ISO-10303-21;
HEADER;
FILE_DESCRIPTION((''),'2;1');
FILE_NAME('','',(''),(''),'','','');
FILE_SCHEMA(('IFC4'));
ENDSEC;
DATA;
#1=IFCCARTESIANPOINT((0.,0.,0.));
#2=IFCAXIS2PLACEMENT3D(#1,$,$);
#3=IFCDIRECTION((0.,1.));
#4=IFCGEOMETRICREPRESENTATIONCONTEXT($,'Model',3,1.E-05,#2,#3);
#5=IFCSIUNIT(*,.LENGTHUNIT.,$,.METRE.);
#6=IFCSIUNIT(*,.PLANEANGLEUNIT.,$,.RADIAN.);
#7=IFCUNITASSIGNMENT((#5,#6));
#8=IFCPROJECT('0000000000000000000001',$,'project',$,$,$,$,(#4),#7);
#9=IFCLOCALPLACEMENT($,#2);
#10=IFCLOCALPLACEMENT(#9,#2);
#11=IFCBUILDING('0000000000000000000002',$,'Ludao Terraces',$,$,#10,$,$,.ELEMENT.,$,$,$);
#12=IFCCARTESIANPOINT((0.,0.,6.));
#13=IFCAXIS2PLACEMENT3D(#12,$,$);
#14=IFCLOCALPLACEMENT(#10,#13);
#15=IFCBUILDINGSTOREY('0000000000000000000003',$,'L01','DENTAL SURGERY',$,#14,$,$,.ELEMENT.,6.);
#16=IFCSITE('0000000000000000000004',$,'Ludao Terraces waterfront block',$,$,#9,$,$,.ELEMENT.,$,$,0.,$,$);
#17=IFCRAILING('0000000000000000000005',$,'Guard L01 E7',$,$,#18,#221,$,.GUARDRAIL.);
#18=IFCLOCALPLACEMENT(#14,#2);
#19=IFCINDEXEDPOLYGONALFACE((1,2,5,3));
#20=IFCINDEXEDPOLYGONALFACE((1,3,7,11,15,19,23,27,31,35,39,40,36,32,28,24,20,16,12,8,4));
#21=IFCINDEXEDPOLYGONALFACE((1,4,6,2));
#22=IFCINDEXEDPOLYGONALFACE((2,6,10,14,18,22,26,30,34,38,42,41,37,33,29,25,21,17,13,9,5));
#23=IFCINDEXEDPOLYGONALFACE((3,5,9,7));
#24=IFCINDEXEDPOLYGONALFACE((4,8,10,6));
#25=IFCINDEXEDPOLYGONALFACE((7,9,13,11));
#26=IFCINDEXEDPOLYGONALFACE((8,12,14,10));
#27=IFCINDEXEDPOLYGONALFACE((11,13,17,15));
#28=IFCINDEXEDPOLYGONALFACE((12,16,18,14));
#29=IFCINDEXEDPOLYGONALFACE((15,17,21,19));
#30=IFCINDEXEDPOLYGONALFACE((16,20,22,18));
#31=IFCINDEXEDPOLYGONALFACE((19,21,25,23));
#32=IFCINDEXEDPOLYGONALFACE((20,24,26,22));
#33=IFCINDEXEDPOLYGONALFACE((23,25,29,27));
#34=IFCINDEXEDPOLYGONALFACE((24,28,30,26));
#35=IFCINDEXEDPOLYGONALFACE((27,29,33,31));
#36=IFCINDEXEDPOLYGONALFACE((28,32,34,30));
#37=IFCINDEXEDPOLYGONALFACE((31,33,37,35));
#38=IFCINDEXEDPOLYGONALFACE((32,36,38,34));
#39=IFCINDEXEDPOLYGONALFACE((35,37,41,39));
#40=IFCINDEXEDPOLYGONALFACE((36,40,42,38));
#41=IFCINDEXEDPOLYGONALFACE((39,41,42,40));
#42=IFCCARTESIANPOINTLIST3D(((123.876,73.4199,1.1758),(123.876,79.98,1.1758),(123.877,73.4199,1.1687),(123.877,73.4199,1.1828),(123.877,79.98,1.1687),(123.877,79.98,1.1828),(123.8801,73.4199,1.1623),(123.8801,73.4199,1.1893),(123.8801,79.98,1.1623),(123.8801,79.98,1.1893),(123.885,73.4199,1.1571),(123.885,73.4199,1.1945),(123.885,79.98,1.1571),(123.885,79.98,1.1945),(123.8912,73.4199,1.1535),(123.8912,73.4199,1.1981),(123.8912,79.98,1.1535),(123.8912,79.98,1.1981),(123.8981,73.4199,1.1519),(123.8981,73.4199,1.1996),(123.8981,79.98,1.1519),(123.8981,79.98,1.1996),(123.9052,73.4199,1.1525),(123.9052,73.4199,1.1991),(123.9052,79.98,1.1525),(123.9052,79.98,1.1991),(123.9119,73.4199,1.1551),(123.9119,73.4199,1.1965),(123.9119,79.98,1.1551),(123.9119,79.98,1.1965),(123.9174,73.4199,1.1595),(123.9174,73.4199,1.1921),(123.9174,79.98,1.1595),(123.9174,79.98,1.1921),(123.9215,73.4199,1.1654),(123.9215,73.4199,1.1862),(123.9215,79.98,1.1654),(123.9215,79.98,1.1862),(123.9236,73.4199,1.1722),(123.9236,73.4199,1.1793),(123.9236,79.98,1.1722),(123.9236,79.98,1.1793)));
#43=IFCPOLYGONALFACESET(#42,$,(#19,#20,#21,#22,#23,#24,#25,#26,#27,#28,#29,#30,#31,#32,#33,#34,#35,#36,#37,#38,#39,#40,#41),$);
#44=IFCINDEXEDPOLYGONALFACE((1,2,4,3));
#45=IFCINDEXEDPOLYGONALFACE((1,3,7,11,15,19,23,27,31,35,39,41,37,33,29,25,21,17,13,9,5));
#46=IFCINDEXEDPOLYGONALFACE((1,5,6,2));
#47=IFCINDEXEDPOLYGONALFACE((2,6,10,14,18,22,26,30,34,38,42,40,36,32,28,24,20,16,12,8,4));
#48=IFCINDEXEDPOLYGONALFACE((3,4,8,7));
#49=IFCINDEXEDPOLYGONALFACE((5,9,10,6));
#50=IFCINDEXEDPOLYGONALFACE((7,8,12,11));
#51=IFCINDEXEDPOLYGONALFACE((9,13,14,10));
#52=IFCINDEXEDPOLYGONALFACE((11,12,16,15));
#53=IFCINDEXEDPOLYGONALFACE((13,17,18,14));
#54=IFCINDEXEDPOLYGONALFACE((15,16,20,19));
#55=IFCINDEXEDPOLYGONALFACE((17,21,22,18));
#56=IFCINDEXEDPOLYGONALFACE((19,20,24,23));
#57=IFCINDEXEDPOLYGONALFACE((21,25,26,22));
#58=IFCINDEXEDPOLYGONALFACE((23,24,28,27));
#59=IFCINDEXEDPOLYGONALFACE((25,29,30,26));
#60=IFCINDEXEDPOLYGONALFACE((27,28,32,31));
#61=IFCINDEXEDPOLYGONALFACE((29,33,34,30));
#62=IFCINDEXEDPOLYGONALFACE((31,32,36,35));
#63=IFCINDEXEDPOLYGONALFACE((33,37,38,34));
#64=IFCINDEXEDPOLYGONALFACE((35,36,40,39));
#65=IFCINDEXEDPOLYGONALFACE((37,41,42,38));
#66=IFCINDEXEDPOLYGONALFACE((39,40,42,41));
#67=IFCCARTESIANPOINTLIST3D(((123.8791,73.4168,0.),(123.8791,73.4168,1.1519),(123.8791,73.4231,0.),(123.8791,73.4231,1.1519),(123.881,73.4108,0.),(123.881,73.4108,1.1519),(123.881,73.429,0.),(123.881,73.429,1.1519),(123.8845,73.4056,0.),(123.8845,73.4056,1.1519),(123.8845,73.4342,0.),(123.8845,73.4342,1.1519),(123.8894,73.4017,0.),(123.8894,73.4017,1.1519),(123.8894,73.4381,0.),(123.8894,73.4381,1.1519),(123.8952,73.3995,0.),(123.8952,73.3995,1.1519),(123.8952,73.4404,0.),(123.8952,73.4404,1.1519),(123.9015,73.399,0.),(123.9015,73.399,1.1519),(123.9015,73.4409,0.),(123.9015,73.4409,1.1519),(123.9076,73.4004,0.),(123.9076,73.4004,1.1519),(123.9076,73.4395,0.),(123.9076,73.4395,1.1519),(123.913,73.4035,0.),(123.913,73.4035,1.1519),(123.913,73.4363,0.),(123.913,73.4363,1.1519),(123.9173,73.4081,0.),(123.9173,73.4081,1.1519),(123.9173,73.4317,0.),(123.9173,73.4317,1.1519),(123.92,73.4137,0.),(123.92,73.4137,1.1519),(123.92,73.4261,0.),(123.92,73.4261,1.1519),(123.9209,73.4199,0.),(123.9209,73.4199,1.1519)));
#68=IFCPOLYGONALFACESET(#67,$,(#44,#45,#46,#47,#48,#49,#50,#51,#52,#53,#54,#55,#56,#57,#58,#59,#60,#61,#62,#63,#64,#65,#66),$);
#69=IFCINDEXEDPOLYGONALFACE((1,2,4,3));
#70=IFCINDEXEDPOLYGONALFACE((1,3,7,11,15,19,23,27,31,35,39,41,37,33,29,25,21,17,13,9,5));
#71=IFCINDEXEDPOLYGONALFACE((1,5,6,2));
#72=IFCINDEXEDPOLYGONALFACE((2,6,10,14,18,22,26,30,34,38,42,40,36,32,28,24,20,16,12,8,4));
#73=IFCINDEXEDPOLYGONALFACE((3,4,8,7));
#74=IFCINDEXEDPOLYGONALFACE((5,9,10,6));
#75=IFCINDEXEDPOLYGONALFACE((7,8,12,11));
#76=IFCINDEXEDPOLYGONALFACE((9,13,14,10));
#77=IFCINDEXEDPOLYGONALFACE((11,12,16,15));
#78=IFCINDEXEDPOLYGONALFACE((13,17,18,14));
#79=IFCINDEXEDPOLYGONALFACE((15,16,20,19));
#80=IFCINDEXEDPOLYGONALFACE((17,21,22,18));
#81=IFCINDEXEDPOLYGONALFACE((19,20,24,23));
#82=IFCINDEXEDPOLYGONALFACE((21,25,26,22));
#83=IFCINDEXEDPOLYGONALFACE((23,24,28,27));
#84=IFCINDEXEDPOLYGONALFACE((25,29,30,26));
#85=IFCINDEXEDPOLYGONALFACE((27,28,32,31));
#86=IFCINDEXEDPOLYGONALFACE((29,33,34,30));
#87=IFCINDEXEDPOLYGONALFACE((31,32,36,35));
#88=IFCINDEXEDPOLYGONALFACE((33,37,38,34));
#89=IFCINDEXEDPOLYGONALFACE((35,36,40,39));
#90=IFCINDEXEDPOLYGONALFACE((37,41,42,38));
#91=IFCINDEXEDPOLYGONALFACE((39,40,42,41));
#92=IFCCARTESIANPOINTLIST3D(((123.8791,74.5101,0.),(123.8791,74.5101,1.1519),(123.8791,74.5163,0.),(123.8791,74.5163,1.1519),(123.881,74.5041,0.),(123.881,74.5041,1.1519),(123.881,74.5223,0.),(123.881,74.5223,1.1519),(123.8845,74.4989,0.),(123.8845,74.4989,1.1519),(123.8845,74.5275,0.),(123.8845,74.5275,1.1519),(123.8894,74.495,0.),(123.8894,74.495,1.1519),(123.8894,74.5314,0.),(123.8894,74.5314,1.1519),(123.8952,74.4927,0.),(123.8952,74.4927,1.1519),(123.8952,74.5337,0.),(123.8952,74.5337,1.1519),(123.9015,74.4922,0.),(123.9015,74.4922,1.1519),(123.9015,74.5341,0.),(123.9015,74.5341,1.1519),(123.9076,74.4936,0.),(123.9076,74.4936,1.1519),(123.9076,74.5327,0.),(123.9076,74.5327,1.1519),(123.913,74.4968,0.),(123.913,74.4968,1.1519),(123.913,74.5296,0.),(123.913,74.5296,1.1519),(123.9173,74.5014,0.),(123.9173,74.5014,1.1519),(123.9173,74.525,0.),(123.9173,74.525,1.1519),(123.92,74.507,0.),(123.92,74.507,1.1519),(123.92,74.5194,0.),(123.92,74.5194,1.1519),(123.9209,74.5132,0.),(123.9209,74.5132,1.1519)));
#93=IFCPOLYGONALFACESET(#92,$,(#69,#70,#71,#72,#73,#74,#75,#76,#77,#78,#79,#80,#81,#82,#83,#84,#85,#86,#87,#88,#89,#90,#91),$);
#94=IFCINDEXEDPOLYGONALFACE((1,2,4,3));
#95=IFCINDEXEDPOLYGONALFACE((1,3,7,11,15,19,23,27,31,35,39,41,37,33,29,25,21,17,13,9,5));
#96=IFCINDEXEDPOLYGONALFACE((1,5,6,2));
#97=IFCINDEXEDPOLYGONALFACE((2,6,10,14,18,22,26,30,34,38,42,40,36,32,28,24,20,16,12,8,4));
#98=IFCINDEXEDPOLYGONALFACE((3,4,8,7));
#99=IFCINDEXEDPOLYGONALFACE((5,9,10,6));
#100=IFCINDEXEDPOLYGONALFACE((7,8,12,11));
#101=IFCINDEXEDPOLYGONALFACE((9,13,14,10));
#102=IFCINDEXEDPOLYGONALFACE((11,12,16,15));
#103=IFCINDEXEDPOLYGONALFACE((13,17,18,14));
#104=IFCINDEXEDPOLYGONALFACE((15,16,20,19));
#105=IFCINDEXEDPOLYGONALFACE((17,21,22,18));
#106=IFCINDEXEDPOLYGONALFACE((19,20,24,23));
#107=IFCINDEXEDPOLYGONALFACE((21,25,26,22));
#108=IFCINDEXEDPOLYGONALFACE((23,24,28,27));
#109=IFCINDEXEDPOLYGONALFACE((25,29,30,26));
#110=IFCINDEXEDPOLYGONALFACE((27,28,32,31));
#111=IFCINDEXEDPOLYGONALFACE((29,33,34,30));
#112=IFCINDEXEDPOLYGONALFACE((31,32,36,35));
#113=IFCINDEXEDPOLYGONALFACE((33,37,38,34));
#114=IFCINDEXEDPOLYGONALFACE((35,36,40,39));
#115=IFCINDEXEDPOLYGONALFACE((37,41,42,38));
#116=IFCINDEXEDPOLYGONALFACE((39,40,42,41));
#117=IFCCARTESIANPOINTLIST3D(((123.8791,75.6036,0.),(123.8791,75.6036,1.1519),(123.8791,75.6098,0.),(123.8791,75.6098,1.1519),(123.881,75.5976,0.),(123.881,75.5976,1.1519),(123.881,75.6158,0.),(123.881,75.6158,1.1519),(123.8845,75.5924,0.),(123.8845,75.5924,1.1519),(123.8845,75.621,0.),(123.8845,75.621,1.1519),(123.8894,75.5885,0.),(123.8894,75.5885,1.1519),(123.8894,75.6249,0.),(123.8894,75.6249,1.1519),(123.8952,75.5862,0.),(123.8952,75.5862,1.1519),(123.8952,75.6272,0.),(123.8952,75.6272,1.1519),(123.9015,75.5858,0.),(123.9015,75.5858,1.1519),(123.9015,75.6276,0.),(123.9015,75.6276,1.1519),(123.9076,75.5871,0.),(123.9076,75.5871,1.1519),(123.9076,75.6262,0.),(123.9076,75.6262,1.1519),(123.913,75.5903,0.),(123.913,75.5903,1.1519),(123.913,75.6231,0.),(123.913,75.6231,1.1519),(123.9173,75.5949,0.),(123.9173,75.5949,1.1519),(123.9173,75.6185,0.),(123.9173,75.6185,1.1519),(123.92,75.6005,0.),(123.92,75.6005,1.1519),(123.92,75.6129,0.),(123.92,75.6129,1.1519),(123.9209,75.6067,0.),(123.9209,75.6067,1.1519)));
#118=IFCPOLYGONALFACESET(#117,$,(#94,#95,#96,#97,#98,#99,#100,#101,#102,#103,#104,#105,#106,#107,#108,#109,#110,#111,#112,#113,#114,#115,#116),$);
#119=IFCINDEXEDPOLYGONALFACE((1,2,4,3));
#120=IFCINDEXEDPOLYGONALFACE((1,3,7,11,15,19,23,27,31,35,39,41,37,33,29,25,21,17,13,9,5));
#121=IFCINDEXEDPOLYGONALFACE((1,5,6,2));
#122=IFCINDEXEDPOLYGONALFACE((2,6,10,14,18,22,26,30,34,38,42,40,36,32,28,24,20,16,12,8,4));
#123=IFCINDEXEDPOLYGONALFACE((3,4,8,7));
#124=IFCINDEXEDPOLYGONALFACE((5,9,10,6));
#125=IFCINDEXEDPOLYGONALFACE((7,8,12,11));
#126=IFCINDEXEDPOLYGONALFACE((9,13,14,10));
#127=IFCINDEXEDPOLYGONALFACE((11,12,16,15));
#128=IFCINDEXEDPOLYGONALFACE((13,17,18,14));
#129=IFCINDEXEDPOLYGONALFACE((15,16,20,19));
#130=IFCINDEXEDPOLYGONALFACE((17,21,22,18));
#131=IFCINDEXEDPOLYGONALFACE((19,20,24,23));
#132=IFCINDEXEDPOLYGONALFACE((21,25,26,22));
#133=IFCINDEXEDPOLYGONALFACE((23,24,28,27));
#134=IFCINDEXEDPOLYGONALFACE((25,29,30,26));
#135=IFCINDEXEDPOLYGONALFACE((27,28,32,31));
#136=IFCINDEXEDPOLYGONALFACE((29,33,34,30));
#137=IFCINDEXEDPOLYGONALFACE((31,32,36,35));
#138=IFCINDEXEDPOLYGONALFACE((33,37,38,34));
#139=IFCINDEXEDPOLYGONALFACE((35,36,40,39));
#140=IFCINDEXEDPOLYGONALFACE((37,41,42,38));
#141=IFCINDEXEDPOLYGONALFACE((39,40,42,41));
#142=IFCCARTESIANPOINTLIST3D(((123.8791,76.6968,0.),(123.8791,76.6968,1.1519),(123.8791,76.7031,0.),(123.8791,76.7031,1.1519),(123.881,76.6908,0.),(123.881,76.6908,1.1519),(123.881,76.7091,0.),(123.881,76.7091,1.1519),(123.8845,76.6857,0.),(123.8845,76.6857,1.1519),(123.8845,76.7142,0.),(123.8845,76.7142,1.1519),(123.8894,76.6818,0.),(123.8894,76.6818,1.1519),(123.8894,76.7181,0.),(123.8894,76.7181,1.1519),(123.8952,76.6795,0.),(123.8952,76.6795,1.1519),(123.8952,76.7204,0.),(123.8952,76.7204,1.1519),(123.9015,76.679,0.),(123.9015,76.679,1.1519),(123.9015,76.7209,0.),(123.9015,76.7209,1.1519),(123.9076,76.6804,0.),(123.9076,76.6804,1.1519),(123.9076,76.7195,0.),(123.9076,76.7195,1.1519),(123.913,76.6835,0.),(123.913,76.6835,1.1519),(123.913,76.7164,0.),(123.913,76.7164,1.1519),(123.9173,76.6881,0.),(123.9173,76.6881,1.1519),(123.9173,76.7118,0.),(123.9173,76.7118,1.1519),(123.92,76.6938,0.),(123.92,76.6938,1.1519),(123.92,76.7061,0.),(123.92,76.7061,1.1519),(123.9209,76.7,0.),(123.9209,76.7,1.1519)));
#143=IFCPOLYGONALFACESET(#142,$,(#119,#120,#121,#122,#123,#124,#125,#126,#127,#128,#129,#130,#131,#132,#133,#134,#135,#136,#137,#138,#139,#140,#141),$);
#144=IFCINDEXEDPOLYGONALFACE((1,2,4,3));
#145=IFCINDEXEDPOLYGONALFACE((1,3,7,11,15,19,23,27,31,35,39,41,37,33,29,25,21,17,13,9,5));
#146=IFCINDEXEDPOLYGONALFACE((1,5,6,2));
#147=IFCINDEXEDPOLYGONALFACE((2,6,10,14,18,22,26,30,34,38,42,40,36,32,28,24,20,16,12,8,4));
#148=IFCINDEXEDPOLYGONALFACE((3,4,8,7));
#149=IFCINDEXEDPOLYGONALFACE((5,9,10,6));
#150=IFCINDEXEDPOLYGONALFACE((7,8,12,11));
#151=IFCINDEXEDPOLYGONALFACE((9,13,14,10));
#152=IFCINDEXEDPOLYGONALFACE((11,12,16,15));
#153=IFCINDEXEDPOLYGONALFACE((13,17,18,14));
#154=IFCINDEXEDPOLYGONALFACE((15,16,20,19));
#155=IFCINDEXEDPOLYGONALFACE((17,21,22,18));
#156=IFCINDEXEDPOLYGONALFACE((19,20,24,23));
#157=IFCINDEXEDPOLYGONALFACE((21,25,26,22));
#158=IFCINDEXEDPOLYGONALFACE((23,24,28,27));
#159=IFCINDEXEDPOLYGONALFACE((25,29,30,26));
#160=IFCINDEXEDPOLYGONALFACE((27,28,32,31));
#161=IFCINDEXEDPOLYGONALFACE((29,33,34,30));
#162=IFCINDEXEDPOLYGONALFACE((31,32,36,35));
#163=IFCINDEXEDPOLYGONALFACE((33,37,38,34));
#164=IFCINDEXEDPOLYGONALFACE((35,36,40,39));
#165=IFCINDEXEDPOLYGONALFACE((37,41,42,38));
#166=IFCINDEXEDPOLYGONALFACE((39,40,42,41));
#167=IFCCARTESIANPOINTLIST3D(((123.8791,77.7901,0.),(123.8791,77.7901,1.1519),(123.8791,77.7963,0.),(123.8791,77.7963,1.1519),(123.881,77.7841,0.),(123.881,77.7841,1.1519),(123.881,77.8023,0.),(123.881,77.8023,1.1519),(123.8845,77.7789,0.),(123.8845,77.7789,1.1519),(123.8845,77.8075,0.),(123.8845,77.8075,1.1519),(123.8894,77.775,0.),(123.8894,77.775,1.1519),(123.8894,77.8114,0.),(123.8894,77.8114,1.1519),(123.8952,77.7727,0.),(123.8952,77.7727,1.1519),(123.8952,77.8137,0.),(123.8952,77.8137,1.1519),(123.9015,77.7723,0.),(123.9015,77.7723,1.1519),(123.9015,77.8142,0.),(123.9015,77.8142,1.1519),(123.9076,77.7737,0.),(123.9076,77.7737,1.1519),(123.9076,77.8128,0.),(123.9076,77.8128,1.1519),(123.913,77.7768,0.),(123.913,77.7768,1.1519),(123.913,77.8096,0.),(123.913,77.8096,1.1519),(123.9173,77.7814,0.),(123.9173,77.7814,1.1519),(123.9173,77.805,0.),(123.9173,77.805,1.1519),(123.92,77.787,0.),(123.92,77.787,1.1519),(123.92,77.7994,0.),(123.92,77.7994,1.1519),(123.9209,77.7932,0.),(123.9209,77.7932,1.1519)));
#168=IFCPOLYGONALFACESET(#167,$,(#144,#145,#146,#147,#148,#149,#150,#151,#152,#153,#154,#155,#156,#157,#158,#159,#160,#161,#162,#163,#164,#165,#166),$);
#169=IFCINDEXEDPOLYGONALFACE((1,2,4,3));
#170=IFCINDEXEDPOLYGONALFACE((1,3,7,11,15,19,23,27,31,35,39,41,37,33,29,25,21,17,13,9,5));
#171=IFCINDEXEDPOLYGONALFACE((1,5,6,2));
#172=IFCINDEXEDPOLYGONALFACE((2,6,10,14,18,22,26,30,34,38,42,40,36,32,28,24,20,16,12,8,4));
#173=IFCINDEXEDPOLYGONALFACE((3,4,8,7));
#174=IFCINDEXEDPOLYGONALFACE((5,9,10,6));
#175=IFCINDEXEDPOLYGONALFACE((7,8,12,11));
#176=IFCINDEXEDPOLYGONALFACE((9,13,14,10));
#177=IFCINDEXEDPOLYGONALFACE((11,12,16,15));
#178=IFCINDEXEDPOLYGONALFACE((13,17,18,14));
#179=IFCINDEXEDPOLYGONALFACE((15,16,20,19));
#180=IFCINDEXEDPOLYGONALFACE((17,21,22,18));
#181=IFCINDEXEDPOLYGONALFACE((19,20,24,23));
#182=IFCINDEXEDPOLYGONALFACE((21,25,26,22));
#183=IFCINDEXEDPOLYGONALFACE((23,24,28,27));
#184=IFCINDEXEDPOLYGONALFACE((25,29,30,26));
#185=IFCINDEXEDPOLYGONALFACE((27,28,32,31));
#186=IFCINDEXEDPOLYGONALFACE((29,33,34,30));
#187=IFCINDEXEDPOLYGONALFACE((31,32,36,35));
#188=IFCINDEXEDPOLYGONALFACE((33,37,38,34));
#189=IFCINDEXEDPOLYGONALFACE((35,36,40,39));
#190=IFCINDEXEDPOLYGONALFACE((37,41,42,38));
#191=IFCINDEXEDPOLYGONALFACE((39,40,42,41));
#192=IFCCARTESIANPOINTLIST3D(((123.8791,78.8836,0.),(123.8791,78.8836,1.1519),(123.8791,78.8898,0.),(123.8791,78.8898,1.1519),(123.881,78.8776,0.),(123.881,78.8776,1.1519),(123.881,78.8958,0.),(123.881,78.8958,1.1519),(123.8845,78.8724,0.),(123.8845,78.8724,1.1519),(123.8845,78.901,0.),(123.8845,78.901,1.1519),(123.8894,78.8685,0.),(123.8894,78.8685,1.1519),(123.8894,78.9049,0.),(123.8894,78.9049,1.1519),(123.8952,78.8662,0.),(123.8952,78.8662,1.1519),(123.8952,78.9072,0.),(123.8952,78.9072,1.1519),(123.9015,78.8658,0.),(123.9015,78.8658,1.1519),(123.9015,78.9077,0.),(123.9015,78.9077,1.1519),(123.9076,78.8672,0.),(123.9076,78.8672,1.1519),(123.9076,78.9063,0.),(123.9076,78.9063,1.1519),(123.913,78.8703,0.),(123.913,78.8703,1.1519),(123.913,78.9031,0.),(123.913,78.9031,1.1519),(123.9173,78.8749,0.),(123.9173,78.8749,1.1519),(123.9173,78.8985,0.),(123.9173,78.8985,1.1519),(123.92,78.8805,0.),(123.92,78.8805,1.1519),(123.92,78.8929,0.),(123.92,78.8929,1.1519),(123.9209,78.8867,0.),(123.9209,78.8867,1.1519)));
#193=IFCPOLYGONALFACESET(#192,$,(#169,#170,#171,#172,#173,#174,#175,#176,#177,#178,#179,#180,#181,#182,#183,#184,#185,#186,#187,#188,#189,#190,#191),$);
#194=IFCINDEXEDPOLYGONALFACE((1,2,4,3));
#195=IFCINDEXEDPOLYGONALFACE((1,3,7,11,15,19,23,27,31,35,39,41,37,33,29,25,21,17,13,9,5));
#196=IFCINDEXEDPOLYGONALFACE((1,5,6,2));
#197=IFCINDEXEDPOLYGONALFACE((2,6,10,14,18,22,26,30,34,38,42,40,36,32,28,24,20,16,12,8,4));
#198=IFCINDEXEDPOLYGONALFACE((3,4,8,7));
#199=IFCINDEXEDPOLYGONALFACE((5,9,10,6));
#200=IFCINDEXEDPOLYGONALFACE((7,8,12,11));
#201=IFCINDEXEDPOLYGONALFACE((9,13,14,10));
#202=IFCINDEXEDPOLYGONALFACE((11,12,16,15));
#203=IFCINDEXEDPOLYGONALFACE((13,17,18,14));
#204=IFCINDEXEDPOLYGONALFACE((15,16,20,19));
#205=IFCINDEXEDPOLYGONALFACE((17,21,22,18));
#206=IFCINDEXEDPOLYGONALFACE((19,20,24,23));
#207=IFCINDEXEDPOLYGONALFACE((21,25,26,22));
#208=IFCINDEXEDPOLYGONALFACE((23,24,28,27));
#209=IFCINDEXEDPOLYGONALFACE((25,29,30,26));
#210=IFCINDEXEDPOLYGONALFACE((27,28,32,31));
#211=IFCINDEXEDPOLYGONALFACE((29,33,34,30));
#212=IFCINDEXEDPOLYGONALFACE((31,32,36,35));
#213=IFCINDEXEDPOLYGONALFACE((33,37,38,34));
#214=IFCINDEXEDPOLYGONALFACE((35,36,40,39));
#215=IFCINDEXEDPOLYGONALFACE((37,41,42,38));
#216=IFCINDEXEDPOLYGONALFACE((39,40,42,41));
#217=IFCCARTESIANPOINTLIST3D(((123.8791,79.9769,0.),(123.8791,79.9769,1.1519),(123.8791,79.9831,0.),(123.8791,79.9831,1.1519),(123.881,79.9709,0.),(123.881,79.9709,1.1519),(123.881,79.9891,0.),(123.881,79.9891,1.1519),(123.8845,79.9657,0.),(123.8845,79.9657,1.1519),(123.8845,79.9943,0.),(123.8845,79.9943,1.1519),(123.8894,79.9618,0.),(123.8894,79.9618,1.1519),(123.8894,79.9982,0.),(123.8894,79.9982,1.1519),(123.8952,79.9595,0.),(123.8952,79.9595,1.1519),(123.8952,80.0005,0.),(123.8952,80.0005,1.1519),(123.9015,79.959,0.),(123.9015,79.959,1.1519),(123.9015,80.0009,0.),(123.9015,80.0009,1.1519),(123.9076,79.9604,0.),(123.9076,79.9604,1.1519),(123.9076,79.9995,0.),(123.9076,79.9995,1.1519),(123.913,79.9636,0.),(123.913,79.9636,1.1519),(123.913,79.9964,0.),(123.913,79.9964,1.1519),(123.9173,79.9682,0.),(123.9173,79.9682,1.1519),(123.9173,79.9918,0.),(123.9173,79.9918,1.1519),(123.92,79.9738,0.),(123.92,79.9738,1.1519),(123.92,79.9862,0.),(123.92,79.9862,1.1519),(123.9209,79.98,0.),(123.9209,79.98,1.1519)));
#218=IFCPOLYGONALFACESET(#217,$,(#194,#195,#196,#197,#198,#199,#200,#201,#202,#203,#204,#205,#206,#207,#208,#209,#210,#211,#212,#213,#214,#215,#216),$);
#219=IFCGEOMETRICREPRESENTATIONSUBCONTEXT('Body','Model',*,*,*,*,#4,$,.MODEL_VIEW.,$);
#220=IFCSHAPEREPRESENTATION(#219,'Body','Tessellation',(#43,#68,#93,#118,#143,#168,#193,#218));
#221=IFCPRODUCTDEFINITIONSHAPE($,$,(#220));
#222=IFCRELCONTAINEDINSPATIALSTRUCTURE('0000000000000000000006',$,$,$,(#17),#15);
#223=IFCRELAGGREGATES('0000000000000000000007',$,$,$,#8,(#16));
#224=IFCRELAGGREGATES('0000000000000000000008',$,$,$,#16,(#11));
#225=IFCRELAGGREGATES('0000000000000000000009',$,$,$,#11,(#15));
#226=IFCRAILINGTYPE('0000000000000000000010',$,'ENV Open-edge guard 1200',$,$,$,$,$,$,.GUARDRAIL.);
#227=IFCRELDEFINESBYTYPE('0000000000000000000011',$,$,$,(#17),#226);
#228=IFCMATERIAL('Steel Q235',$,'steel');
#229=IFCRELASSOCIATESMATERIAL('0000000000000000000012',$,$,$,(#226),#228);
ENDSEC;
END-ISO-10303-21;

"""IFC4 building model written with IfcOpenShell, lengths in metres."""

from ifc_helpers import new_model, si_unit, direction, frame, origin, origin_2d, place, context, subcontext, project, spatial, circle, extrude, material, type_object, element, save


model = new_model("IFC4")

# Units and contexts
model_context = context("Model", 3, precision=1e-05, world=origin(), true_north=direction((0.0, 1.0)))
body_context = subcontext(model_context, "Body", "Model", "MODEL_VIEW")
ifc_project = project(units=[si_unit("LENGTHUNIT", "METRE"), si_unit("PLANEANGLEUNIT", "RADIAN")], contexts=[model_context])

# Site, building, storey
site_placement = place(None, origin())
site = spatial("IfcSite", under=ifc_project, at=site_placement, Name="Ludao Terraces waterfront block", CompositionType="ELEMENT", RefElevation=0.0)
building_placement = place(site_placement, origin())
building = spatial("IfcBuilding", under=site, at=building_placement, Name="Ludao Terraces", CompositionType="ELEMENT")
storey_placement = place(building_placement, frame((0.0, 0.0, 6.0)))
storey = spatial("IfcBuildingStorey", under=building, at=storey_placement, Name="L01", Description="DENTAL SURGERY", CompositionType="ELEMENT", Elevation=6.0)

# Shared definitions
ifc_material_1 = material(Name="Steel Q235", Category="steel")

# Railing
railing_type = type_object("IfcRailingType", Name="ENV Open-edge guard 1200", PredefinedType="GUARDRAIL", material=ifc_material_1)
railing_placement = place(storey_placement, frame((123.8999, 73.4199, 0.0)))
element("IfcRailing", 1, at=railing_placement, inside=storey, type_object=railing_type, Name="Guard L01 E7", PredefinedType="GUARDRAIL", context=body_context, shape_type="SweptSolid", body=[
    extrude(circle(Radius=0.0239, at=origin_2d()), frame((0.0, 0.0, 1.1758), z_axis=(0.0, 1.0, 0.0), x_axis=(-1.0, 0.0, 0.0)), (0.0, 0.0, 1.0), 6.5601),
    extrude(circle(Radius=0.021, at=origin_2d()), origin(), (0.0, 0.0, 1.0), 1.1519),
    extrude(circle(Radius=0.021, at=origin_2d()), frame((0.0, 1.0933, 0.0)), (0.0, 0.0, 1.0), 1.1519),
    extrude(circle(Radius=0.021, at=origin_2d()), frame((0.0, 2.1868, 0.0)), (0.0, 0.0, 1.0), 1.1519),
    extrude(circle(Radius=0.021, at=origin_2d()), frame((0.0, 3.28, 0.0)), (0.0, 0.0, 1.0), 1.1519),
    extrude(circle(Radius=0.021, at=origin_2d()), frame((0.0, 4.3733, 0.0)), (0.0, 0.0, 1.0), 1.1519),
    extrude(circle(Radius=0.021, at=origin_2d()), frame((0.0, 5.4668, 0.0)), (0.0, 0.0, 1.0), 1.1519),
    extrude(circle(Radius=0.021, at=origin_2d()), frame((0.0, 6.5601, 0.0)), (0.0, 0.0, 1.0), 1.1519),
])

save(model, "model.ifc")
